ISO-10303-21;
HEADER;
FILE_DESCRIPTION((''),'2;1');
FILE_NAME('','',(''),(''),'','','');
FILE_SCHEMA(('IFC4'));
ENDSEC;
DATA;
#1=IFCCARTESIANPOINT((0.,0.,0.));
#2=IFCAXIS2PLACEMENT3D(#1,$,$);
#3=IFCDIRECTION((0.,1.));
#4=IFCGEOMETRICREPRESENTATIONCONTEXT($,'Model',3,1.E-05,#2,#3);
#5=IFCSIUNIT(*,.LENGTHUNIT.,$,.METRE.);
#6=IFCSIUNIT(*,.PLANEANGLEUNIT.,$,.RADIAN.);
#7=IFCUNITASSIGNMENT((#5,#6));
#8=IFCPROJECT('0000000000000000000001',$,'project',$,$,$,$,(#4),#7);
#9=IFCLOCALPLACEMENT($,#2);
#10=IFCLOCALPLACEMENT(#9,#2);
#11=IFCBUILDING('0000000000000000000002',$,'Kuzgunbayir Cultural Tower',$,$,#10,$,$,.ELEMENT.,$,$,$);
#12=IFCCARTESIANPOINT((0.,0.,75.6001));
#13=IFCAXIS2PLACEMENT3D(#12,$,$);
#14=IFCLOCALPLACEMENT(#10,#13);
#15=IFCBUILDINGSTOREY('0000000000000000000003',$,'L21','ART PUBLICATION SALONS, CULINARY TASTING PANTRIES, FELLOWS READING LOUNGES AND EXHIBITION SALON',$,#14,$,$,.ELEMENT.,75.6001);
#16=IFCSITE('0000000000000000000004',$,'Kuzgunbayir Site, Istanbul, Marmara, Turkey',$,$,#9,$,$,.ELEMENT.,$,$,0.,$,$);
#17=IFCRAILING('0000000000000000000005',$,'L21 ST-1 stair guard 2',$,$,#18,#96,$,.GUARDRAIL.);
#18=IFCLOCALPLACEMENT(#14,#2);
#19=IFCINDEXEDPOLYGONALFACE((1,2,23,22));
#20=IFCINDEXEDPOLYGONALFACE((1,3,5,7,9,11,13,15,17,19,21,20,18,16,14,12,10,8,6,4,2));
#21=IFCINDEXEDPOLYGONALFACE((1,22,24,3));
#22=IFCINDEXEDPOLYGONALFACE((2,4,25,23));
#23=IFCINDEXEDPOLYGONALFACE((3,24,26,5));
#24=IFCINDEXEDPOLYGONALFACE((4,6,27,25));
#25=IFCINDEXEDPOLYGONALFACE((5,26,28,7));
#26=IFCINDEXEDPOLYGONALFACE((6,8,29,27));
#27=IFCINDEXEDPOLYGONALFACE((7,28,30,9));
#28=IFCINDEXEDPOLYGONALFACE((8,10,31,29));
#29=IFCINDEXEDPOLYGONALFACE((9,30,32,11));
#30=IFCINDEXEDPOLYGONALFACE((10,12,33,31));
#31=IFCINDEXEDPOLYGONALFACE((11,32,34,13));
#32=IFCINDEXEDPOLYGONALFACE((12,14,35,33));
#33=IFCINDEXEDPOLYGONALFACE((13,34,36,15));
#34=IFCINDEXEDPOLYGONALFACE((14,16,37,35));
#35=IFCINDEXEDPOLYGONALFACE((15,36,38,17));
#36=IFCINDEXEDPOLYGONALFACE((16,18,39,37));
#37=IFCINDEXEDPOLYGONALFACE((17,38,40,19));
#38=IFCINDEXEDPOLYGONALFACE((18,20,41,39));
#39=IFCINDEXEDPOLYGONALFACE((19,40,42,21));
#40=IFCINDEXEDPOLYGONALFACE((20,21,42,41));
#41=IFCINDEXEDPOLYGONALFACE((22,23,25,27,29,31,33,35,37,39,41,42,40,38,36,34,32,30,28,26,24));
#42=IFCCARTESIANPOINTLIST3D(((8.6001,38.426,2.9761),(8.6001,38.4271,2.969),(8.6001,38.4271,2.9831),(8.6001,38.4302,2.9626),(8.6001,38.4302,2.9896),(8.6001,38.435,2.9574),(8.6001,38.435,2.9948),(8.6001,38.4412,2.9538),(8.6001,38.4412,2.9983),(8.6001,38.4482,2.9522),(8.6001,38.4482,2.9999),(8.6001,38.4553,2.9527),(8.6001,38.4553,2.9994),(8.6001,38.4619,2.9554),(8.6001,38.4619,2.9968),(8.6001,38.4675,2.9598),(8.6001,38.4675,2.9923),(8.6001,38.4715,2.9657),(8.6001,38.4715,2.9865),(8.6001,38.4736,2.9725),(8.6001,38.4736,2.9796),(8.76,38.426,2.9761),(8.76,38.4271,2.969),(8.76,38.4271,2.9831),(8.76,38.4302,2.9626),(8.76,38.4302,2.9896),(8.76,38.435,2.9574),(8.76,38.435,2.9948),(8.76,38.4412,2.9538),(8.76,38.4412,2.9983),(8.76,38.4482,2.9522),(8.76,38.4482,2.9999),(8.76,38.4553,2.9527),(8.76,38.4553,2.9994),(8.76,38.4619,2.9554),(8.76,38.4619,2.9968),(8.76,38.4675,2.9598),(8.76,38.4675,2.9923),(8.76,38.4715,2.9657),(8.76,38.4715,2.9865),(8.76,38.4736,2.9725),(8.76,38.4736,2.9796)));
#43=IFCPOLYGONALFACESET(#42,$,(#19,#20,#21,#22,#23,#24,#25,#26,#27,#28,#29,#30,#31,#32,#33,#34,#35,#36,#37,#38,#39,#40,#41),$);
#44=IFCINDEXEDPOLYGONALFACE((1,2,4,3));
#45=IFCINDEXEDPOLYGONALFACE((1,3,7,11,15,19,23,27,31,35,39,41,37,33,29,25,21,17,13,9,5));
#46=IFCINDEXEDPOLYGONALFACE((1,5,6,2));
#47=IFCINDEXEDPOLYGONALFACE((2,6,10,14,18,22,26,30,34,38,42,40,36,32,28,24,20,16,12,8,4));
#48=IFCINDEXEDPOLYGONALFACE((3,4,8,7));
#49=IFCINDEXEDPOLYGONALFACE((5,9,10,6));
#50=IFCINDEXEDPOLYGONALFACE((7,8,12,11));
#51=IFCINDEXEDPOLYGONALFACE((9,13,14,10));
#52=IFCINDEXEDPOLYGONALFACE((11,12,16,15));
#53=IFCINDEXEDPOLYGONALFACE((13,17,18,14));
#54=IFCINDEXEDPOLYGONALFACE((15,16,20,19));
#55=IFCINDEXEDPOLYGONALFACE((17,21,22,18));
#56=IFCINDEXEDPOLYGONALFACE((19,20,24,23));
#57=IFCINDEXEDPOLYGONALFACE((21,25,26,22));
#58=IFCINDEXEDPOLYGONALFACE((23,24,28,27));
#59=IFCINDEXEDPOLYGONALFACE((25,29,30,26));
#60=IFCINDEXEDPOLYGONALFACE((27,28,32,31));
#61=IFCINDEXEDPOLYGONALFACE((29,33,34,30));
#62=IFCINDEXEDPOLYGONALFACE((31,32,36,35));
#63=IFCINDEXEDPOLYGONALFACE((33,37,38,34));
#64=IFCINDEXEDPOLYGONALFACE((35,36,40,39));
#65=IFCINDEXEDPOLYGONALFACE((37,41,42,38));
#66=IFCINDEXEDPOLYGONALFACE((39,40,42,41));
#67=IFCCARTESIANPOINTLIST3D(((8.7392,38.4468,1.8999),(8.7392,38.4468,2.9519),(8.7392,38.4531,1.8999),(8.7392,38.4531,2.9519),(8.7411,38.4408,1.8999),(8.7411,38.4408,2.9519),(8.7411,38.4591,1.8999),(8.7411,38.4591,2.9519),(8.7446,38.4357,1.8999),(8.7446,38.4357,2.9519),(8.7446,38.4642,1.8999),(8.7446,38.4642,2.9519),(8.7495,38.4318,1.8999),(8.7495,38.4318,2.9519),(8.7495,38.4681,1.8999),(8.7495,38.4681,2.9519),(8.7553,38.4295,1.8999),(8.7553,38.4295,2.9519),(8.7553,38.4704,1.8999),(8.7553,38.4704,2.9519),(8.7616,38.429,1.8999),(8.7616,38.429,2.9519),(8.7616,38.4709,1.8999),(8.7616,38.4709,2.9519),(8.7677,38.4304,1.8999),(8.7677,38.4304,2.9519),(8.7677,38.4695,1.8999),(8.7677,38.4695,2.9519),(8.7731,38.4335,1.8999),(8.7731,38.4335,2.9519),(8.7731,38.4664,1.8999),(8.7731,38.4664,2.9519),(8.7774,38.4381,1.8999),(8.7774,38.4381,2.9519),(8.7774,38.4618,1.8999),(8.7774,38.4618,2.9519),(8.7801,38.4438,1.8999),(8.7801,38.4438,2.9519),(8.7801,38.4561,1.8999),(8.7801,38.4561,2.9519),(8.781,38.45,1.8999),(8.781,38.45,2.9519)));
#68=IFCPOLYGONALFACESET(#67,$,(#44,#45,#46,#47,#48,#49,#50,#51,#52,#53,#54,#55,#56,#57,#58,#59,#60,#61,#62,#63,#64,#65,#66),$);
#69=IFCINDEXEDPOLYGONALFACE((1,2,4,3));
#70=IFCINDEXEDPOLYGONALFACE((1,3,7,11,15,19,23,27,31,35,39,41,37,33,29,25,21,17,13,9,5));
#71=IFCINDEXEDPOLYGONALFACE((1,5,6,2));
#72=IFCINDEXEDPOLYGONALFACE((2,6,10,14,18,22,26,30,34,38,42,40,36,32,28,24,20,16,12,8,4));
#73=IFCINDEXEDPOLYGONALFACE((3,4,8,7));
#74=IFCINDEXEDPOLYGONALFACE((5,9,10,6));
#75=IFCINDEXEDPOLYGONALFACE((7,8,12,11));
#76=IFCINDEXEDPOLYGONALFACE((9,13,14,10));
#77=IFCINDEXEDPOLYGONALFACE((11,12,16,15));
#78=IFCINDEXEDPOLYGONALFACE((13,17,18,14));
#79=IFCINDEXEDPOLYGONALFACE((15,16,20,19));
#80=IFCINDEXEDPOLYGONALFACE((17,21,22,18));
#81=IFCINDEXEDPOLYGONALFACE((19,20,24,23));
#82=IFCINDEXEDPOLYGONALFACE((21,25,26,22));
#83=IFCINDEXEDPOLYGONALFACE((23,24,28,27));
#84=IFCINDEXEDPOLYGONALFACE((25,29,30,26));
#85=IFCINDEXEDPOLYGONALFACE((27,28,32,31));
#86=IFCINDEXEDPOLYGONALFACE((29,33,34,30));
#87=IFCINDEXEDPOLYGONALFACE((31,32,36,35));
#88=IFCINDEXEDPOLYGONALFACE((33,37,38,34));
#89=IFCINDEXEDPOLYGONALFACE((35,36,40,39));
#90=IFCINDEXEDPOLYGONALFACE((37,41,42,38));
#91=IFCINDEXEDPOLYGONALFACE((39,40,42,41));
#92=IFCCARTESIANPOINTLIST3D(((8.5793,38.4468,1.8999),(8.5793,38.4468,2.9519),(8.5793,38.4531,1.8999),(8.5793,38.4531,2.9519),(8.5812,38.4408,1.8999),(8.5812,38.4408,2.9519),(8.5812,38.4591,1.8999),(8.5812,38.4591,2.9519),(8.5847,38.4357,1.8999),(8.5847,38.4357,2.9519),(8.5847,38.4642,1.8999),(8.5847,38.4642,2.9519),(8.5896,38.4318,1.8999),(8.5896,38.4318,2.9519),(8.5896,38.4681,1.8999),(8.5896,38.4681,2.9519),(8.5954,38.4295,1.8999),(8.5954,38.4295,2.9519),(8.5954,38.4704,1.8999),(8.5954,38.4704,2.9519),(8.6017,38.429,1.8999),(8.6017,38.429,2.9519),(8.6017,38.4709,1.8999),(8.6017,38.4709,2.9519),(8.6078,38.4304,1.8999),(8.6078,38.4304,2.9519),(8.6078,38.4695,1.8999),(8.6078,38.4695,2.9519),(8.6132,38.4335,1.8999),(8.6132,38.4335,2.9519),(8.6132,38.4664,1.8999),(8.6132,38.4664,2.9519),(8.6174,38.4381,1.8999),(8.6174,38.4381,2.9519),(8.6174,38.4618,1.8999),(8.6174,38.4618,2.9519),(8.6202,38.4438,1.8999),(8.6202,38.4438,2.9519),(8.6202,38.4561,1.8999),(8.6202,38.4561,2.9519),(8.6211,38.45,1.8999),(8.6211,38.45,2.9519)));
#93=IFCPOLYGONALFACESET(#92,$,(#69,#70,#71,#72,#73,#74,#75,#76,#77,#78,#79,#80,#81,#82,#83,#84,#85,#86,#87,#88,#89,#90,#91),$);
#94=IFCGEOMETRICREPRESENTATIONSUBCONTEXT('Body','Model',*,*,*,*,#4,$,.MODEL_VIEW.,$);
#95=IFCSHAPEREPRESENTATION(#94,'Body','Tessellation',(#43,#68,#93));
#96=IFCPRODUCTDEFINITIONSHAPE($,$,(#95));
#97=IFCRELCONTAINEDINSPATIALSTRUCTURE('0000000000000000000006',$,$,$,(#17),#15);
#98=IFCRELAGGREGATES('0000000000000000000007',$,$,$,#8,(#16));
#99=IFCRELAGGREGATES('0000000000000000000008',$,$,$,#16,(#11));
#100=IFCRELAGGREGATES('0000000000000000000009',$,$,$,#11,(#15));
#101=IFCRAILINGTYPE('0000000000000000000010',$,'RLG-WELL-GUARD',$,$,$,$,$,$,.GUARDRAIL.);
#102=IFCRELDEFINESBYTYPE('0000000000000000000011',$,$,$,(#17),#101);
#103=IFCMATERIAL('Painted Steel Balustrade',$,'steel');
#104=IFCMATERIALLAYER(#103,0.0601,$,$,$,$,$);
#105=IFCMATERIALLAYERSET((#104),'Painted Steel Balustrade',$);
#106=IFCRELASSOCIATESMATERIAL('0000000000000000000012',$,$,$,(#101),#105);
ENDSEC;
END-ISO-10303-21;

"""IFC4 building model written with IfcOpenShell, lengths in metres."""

from ifc_helpers import new_model, si_unit, direction, frame, origin, origin_2d, place, context, subcontext, project, spatial, circle, extrude, material, layer, layer_set, type_object, element, save


model = new_model("IFC4")

# Units and contexts
model_context = context("Model", 3, precision=1e-05, world=origin(), true_north=direction((0.0, 1.0)))
body_context = subcontext(model_context, "Body", "Model", "MODEL_VIEW")
ifc_project = project(units=[si_unit("LENGTHUNIT", "METRE"), si_unit("PLANEANGLEUNIT", "RADIAN")], contexts=[model_context])

# Site, building, storey
site_placement = place(None, origin())
site = spatial("IfcSite", under=ifc_project, at=site_placement, Name="Kuzgunbayir Site, Istanbul, Marmara, Turkey", CompositionType="ELEMENT", RefElevation=0.0)
building_placement = place(site_placement, origin())
building = spatial("IfcBuilding", under=site, at=building_placement, Name="Kuzgunbayir Cultural Tower", CompositionType="ELEMENT")
storey_placement = place(building_placement, frame((0.0, 0.0, 75.6001)))
storey = spatial("IfcBuildingStorey", under=building, at=storey_placement, Name="L21", Description="ART PUBLICATION SALONS, CULINARY TASTING PANTRIES, FELLOWS READING LOUNGES AND EXHIBITION SALON", CompositionType="ELEMENT", Elevation=75.6001)

# Railing
ifc_material_1 = material(Name="Painted Steel Balustrade", Category="steel")
ifc_layer_1 = layer(ifc_material_1, 0.0601)
ifc_layer_set_1 = layer_set([ifc_layer_1], Name="Painted Steel Balustrade")
railing_type_1 = type_object("IfcRailingType", Name="RLG-WELL-GUARD", PredefinedType="GUARDRAIL", material=ifc_layer_set_1)
railing_1_placement = place(storey_placement, frame((8.76, 38.45, 1.8999)))
element("IfcRailing", 1, at=railing_1_placement, inside=storey, type_object=railing_type_1, Name="L21 ST-1 stair guard 2", PredefinedType="GUARDRAIL", context=body_context, shape_type="SweptSolid", body=[
    extrude(circle(Radius=0.0239, at=origin_2d()), frame((0.0, 0.0, 1.0762), z_axis=(-1.0, 0.0, 0.0), x_axis=(0.0, -1.0, 0.0)), (0.0, 0.0, 1.0), 0.1599),
    extrude(circle(Radius=0.021, at=origin_2d()), origin(), (0.0, 0.0, 1.0), 1.052),
    extrude(circle(Radius=0.021, at=origin_2d()), frame((-0.1599, 0.0, 0.0)), (0.0, 0.0, 1.0), 1.052),
])

save(model, "model.ifc")
